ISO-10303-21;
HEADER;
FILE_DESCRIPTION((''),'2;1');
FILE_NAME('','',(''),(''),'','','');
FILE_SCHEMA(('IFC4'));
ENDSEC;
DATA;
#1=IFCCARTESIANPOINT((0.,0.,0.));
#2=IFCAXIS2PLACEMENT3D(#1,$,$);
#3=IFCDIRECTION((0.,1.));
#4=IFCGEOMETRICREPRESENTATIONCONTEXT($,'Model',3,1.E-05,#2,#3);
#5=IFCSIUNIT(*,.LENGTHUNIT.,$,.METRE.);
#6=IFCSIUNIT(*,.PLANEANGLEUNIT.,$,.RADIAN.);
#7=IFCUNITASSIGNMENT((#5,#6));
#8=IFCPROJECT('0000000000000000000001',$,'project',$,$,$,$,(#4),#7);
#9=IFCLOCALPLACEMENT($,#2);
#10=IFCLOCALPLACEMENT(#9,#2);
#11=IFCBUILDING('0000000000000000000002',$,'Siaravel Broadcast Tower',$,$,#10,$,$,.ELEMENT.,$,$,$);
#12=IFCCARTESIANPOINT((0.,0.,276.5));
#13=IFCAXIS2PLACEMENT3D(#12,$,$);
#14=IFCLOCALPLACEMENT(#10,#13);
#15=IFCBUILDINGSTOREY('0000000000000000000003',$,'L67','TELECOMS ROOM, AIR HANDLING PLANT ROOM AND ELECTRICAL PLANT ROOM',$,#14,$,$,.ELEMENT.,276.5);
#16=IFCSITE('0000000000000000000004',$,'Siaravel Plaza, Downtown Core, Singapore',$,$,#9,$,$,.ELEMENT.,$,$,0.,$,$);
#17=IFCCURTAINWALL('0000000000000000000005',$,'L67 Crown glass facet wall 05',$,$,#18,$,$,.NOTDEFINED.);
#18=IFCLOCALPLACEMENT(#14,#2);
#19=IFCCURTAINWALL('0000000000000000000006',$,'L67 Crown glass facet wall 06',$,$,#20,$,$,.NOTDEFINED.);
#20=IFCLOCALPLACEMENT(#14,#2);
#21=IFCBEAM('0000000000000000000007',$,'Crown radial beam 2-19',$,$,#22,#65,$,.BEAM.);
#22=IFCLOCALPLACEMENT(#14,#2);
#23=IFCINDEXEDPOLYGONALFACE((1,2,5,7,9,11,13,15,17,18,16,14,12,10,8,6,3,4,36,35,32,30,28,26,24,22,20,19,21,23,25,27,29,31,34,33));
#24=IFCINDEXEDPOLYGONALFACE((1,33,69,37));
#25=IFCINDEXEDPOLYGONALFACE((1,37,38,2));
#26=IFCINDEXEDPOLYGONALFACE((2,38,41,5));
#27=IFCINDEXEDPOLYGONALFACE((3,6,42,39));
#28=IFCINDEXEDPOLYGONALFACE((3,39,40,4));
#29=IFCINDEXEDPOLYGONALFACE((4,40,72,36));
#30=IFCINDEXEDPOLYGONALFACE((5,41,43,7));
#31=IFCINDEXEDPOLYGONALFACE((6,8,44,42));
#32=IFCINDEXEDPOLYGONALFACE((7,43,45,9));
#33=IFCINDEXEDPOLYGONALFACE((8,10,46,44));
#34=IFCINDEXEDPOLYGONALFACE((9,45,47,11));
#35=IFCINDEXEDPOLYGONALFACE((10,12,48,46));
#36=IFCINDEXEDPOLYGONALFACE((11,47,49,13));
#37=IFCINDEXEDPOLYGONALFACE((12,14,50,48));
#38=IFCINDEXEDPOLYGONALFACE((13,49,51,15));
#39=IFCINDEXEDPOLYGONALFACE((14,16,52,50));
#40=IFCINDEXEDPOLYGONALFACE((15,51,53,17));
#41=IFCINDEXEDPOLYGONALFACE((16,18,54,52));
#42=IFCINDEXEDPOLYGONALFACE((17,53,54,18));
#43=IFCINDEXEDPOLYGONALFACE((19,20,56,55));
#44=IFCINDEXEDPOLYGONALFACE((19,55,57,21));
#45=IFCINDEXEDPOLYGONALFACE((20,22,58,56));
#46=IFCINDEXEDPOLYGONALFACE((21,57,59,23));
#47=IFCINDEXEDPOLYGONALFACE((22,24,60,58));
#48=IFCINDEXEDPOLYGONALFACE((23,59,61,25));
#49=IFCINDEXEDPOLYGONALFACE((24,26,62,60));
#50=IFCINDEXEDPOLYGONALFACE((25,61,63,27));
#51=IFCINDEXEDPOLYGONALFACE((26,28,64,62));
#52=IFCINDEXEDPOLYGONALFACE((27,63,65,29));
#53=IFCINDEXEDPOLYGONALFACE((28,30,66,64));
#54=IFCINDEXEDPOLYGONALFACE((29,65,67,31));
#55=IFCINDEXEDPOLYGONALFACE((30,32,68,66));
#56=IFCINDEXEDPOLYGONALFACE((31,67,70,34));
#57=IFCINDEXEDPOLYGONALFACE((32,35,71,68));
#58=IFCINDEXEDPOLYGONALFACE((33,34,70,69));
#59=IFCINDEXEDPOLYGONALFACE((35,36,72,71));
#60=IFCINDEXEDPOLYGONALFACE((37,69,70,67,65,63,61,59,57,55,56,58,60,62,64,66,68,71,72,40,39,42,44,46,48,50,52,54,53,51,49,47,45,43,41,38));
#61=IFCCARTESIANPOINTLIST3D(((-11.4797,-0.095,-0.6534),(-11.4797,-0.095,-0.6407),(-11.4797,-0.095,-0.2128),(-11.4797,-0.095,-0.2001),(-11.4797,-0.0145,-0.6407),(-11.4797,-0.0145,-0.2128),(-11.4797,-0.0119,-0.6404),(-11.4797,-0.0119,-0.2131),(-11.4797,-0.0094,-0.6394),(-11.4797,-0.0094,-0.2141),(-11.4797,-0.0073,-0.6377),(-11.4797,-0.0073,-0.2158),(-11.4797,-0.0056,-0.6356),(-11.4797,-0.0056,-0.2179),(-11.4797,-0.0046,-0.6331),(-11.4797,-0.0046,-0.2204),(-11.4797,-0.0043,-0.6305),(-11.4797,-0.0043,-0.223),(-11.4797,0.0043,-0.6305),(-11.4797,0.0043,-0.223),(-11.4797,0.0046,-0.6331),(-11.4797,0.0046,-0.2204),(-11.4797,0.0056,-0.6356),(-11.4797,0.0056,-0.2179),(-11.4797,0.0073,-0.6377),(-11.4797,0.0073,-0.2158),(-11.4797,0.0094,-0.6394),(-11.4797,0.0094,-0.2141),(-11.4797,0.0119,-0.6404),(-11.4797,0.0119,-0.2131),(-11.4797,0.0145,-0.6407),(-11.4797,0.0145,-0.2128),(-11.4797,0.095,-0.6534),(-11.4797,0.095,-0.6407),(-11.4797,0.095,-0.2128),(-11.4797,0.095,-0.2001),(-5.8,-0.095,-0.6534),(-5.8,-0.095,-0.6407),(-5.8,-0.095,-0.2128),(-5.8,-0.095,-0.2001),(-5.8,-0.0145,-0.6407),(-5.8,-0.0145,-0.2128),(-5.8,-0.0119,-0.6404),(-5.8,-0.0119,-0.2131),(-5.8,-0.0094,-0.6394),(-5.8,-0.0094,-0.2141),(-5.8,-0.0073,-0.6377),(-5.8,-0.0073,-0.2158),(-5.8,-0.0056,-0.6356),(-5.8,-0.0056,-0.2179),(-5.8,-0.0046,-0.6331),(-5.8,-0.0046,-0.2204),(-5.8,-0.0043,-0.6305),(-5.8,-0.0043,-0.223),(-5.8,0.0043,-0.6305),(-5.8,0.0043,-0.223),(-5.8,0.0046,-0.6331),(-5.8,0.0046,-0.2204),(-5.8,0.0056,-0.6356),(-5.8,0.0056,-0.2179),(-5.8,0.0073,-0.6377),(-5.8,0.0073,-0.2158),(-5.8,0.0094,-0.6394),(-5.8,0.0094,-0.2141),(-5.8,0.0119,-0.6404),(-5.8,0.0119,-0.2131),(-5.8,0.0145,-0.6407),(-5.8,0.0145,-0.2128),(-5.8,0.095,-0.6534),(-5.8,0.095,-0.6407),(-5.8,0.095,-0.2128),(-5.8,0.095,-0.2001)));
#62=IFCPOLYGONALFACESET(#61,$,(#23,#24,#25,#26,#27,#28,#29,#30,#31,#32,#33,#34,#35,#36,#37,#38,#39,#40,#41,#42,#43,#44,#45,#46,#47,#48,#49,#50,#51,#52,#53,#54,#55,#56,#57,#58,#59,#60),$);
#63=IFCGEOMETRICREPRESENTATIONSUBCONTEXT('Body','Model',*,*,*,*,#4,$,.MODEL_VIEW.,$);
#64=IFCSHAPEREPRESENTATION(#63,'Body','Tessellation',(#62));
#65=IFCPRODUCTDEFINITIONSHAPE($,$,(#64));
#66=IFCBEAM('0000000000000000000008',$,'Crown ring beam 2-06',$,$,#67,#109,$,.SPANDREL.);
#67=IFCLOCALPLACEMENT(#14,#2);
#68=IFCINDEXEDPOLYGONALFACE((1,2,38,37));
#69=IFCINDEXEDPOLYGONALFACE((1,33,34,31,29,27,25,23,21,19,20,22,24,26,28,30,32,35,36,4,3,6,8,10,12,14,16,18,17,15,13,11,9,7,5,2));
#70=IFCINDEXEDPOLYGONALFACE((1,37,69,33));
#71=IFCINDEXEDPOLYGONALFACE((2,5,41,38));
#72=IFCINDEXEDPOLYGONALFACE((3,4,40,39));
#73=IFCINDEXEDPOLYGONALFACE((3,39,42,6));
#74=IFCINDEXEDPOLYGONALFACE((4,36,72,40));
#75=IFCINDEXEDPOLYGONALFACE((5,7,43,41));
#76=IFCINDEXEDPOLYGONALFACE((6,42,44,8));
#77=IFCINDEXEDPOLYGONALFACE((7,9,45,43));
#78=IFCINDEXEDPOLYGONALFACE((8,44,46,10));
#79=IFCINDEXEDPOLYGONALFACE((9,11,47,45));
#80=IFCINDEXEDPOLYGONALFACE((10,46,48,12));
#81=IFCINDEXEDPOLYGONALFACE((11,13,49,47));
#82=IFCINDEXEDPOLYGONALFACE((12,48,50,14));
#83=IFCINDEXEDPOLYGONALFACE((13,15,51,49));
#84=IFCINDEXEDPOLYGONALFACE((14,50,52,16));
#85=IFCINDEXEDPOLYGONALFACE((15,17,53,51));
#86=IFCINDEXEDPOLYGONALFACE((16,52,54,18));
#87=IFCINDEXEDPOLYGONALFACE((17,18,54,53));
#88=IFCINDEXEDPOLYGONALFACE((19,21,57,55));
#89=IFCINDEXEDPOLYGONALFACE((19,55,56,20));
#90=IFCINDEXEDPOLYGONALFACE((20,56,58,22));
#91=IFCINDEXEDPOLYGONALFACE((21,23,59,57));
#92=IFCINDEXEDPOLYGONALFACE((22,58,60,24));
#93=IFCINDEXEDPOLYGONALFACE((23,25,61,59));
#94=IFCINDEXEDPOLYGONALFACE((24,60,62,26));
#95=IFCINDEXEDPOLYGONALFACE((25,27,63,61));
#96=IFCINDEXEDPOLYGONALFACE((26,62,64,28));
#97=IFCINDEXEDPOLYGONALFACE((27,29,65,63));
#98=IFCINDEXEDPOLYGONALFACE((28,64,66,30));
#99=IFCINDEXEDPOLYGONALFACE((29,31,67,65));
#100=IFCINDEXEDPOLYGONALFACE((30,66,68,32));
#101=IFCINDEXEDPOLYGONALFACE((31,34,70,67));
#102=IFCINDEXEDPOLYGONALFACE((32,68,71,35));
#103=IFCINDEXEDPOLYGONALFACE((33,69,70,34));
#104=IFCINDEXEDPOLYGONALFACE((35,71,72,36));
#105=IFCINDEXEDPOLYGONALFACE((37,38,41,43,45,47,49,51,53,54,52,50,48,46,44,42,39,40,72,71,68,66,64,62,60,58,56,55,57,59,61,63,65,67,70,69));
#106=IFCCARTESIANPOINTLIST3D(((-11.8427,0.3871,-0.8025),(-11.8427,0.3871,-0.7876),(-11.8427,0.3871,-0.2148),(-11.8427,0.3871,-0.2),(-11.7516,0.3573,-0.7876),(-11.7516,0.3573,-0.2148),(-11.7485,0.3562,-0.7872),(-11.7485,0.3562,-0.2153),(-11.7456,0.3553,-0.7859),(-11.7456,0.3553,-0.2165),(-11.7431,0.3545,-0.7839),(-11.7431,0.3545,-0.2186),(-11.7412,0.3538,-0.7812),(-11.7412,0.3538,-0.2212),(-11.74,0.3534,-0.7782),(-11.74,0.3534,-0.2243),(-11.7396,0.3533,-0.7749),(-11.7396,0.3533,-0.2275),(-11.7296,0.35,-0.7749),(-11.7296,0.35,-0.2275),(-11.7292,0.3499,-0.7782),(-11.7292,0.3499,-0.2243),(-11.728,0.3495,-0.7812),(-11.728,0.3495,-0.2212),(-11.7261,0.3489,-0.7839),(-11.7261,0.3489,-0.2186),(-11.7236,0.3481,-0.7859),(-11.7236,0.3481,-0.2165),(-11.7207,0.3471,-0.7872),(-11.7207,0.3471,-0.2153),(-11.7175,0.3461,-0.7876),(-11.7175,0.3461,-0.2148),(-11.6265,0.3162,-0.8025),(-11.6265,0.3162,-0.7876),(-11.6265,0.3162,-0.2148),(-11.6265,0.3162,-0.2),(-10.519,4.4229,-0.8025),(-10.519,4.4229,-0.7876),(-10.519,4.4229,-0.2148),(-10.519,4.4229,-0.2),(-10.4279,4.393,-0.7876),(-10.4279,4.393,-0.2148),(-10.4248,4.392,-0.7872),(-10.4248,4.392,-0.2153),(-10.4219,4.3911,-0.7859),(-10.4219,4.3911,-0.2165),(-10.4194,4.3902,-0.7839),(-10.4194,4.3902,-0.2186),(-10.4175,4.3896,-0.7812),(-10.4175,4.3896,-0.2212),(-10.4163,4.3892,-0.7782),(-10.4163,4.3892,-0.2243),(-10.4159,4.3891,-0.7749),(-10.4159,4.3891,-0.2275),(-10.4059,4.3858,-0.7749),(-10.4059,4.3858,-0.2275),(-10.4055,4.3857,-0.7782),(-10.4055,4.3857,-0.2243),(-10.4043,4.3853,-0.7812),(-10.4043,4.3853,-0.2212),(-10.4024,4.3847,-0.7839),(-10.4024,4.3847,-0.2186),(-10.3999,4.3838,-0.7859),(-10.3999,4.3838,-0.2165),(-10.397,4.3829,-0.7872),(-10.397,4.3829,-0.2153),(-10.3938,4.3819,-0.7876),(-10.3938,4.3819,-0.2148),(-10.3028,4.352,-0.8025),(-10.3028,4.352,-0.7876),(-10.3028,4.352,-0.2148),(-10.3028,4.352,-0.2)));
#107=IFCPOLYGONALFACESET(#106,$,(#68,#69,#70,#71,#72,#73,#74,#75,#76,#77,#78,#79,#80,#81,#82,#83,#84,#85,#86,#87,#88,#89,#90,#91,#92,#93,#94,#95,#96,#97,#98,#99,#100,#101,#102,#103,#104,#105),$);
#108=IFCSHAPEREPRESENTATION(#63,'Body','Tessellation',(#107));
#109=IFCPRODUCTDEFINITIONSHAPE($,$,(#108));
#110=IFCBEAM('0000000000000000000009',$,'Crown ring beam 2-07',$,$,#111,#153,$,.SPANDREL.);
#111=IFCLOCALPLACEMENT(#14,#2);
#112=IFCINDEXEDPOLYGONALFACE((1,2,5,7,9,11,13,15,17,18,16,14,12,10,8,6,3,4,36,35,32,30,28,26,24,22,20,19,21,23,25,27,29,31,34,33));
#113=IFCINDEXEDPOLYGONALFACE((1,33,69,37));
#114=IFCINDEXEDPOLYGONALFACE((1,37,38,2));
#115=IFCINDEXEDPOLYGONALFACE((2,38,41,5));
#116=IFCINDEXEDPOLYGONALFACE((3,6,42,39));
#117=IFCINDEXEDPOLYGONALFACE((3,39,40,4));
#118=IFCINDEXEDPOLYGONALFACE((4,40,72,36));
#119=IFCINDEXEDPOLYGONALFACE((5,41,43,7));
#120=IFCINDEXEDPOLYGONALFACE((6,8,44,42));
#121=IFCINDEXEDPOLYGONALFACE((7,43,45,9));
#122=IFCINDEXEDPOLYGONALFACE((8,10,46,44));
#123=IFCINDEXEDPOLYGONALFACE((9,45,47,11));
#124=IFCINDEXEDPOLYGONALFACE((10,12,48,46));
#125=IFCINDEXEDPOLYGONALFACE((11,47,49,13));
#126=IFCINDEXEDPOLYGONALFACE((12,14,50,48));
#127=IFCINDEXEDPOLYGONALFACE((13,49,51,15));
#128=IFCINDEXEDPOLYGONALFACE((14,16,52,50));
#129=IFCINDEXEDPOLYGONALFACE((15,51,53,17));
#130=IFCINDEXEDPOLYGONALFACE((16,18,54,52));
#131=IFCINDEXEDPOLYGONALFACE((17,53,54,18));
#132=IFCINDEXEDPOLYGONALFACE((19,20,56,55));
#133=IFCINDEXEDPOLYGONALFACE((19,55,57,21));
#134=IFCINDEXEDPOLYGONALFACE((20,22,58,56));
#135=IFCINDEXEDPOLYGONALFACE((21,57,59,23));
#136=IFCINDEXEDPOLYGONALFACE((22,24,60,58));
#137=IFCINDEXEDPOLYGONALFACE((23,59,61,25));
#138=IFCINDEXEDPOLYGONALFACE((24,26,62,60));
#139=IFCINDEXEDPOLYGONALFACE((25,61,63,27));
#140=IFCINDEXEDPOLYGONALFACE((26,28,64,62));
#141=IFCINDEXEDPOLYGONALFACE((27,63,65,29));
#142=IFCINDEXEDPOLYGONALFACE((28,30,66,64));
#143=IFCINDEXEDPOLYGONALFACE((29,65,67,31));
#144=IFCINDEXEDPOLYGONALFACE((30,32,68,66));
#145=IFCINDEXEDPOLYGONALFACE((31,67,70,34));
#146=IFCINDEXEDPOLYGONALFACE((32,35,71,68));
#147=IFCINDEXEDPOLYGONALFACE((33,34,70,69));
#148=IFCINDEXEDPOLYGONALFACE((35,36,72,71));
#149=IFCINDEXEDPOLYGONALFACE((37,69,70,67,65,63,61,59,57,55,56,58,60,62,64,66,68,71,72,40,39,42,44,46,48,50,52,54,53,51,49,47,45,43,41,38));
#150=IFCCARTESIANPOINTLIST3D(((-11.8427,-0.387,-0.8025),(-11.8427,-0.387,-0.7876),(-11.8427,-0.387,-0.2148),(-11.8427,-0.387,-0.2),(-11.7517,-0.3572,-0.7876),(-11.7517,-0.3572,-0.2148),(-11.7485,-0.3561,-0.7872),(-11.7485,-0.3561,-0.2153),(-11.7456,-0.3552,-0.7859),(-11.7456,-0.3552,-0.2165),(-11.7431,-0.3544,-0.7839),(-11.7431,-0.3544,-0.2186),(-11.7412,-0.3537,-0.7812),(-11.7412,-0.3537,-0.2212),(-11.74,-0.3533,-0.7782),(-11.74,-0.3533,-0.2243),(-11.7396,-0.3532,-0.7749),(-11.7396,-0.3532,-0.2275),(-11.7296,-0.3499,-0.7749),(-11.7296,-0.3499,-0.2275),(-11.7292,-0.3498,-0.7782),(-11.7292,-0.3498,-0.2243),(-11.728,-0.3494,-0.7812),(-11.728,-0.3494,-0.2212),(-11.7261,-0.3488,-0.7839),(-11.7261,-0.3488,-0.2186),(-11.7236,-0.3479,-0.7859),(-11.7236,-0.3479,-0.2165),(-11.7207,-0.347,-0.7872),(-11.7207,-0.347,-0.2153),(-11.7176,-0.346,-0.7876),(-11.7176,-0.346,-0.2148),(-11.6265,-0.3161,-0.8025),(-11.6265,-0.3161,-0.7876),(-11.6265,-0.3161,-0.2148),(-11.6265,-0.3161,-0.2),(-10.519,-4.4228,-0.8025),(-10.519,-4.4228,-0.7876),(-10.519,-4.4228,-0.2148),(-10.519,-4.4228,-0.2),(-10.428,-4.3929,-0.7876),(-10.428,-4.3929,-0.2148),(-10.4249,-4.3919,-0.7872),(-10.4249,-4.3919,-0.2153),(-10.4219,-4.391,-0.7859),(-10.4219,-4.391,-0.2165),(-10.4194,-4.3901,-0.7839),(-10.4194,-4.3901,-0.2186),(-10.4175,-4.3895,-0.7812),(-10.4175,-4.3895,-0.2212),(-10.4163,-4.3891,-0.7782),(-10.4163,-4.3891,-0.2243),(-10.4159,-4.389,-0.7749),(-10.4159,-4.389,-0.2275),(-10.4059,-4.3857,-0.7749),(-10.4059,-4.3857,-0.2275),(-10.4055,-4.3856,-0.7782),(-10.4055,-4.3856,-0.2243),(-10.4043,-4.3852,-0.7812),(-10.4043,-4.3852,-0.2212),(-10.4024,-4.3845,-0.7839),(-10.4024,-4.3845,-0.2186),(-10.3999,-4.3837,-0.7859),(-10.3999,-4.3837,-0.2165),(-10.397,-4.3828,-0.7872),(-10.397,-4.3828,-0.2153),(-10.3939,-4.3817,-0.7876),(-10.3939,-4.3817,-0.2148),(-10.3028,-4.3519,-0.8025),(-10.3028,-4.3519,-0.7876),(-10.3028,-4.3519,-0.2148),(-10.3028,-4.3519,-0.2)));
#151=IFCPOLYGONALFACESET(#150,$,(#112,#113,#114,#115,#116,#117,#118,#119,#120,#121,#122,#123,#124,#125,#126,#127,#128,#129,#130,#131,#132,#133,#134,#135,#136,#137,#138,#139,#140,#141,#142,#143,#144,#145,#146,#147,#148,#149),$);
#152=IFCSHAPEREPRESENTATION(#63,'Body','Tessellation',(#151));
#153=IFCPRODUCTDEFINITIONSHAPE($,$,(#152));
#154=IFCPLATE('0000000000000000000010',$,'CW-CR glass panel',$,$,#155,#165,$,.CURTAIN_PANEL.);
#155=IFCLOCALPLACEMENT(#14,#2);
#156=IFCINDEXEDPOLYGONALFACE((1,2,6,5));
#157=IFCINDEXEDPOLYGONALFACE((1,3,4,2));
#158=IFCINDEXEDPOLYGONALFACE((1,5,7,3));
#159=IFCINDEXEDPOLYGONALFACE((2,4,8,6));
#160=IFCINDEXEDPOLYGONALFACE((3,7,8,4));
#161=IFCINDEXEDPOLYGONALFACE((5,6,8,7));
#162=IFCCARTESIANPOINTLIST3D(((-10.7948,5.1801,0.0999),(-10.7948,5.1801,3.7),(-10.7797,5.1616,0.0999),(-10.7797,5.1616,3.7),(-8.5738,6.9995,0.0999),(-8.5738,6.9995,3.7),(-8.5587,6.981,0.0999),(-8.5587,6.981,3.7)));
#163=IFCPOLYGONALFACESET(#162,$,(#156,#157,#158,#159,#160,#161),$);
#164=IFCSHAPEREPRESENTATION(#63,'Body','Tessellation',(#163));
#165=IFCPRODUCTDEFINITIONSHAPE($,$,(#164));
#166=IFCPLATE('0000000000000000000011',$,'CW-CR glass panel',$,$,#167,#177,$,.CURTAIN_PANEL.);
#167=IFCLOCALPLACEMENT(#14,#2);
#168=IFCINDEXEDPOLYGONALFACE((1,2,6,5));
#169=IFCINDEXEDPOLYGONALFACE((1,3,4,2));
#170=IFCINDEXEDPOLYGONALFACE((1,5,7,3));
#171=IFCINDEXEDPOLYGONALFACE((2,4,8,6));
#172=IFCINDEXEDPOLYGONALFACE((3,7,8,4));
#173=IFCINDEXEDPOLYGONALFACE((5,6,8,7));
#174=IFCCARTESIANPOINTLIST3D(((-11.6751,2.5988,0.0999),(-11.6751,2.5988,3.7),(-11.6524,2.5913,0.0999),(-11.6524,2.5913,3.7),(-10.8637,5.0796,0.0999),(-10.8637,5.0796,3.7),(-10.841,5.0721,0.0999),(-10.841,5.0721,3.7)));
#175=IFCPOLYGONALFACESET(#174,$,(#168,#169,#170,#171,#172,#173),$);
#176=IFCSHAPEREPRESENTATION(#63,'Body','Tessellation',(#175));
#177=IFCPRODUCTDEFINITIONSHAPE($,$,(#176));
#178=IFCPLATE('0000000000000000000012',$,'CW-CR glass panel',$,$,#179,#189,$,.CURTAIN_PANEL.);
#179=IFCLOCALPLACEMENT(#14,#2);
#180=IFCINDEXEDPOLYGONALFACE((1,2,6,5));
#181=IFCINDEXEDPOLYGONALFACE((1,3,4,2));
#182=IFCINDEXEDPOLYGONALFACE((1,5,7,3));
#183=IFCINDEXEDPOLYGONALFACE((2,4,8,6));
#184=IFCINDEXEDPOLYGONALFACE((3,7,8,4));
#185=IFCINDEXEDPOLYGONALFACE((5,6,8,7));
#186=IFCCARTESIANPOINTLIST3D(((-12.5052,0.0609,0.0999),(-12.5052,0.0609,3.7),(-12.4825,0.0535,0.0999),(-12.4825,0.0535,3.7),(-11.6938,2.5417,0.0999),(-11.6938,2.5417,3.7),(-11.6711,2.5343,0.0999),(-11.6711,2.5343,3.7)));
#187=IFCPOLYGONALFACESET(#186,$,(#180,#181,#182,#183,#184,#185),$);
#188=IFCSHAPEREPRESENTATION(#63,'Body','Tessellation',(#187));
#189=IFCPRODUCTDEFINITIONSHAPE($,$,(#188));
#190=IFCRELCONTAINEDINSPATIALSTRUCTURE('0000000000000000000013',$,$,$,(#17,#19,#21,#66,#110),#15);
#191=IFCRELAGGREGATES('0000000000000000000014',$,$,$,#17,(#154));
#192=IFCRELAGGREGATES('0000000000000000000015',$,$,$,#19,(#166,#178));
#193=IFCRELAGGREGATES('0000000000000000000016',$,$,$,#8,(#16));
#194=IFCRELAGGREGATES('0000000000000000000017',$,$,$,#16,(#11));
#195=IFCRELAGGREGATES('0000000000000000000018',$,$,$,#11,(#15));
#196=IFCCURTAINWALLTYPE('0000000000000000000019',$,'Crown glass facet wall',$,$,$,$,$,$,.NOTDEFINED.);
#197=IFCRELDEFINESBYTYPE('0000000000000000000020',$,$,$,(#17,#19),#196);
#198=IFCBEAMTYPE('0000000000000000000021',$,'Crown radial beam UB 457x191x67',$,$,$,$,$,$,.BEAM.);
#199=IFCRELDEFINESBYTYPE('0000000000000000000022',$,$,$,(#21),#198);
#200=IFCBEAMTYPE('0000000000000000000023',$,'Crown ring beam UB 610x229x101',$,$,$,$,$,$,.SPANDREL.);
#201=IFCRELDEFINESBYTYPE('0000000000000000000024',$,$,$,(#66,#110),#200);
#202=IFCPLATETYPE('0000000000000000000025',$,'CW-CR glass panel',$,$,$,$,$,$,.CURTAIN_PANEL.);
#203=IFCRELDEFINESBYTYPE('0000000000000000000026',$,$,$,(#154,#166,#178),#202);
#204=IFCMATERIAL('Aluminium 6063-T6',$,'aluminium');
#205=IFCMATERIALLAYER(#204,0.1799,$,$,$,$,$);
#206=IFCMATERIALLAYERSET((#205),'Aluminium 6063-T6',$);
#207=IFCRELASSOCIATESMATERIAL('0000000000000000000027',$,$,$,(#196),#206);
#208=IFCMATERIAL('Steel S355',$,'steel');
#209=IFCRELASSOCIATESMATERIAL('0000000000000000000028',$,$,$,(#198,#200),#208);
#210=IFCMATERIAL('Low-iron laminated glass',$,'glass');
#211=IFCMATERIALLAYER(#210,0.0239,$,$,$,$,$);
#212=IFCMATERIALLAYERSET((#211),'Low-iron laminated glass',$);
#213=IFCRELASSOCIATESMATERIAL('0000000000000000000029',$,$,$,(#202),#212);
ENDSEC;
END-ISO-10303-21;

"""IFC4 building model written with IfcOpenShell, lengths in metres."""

from ifc_helpers import new_model, si_unit, direction, frame, origin, origin_2d, place, context, subcontext, project, spatial, rectangle, i_section, extrude, material, layer, layer_set, material_profile, profile_set, type_object, element, aggregate, save


model = new_model("IFC4")

# Units and contexts
model_context = context("Model", 3, precision=1e-05, world=origin(), true_north=direction((0.0, 1.0)))
body_context = subcontext(model_context, "Body", "Model", "MODEL_VIEW")
ifc_project = project(units=[si_unit("LENGTHUNIT", "METRE"), si_unit("PLANEANGLEUNIT", "RADIAN")], contexts=[model_context])

# Site, building, storey
site_placement = place(None, origin())
site = spatial("IfcSite", under=ifc_project, at=site_placement, Name="Siaravel Plaza, Downtown Core, Singapore", CompositionType="ELEMENT", RefElevation=0.0)
building_placement = place(site_placement, origin())
building = spatial("IfcBuilding", under=site, at=building_placement, Name="Siaravel Broadcast Tower", CompositionType="ELEMENT")
storey_placement = place(building_placement, frame((0.0, 0.0, 276.5)))
storey = spatial("IfcBuildingStorey", under=building, at=storey_placement, Name="L67", Description="TELECOMS ROOM, AIR HANDLING PLANT ROOM AND ELECTRICAL PLANT ROOM", CompositionType="ELEMENT", Elevation=276.5)

# Curtain walls
ifc_material_1 = material(Name="Aluminium 6063-T6", Category="aluminium")
ifc_layer_1 = layer(ifc_material_1, 0.1799)
ifc_layer_set_1 = layer_set([ifc_layer_1], Name="Aluminium 6063-T6")
curtain_wall_type = type_object("IfcCurtainWallType", Name="Crown glass facet wall", PredefinedType="NOTDEFINED", material=ifc_layer_set_1)
curtain_wall_1_placement = place(storey_placement, origin())
curtain_wall_1 = element("IfcCurtainWall", 1, at=curtain_wall_1_placement, inside=storey, type_object=curtain_wall_type, Name="L67 Crown glass facet wall 05", PredefinedType="NOTDEFINED")
curtain_wall_2_placement = place(storey_placement, origin())
curtain_wall_2 = element("IfcCurtainWall", 2, at=curtain_wall_2_placement, inside=storey, type_object=curtain_wall_type, Name="L67 Crown glass facet wall 06", PredefinedType="NOTDEFINED")

# Beams
ifc_material_2 = material(Name="Steel S355", Category="steel")
ifc_material_profile_1 = material_profile(ifc_material_2, i_section(OverallWidth=0.1899, OverallDepth=0.4534, WebThickness=0.0085, FlangeThickness=0.0127, FilletRadius=0.0103, at=origin_2d()))
ifc_profile_set_1 = profile_set([ifc_material_profile_1], Name="Steel S355")
beam_type_1 = type_object("IfcBeamType", Name="Crown radial beam UB 457x191x67", PredefinedType="BEAM", material=ifc_profile_set_1)
beam_1_placement = place(storey_placement, frame((-11.4797, 0.0, -0.4268), z_axis=(1.0, 0.0, 0.0), x_axis=(0.0, 1.0, 0.0)))
element("IfcBeam", 3, at=beam_1_placement, inside=storey, type_object=beam_type_1, Name="Crown radial beam 2-19", PredefinedType="BEAM", context=body_context, shape_type="SweptSolid", body=[
    extrude(i_section(OverallWidth=0.1899, OverallDepth=0.4534, WebThickness=0.0085, FlangeThickness=0.0127, FilletRadius=0.0103, at=origin_2d()), origin(), (0.0, 0.0, 1.0), 5.6797),
])
ifc_material_profile_2 = material_profile(ifc_material_2, i_section(OverallWidth=0.2275, OverallDepth=0.6025, WebThickness=0.0105, FlangeThickness=0.0149, FilletRadius=0.0127, at=origin_2d()))
ifc_profile_set_2 = profile_set([ifc_material_profile_2], Name="Steel S355")
beam_type_2 = type_object("IfcBeamType", Name="Crown ring beam UB 610x229x101", PredefinedType="SPANDREL", material=ifc_profile_set_2)
for number, where, z_axis, x_axis, name in (
    (4, (-10.4109, 4.3875, -0.5012), (-0.311654, -0.950196, 0.0), (0.950196, -0.311654, 0.0), "Crown ring beam 2-06"),
    (5, (-11.7346, -0.3516, -0.5012), (0.311654, -0.950196, 0.0), (0.950196, 0.311654, 0.0), "Crown ring beam 2-07"),
):
    element("IfcBeam", number, at=place(storey_placement, frame(where, z_axis=z_axis, x_axis=x_axis)), inside=storey, type_object=beam_type_2, Name=name, PredefinedType="SPANDREL", context=body_context, shape_type="SweptSolid", body=[
        extrude(i_section(OverallWidth=0.2275, OverallDepth=0.6025, WebThickness=0.0105, FlangeThickness=0.0149, FilletRadius=0.0127, at=origin_2d()), origin(), (0.0, 0.0, 1.0), 4.2473),
    ])

# Plates
ifc_material_3 = material(Name="Low-iron laminated glass", Category="glass")
ifc_layer_2 = layer(ifc_material_3, 0.0239)
ifc_layer_set_2 = layer_set([ifc_layer_2], Name="Low-iron laminated glass")
plate_type = type_object("IfcPlateType", Name="CW-CR glass panel", PredefinedType="CURTAIN_PANEL", material=ifc_layer_set_2)
plate_1_placement = place(storey_placement, frame((-9.6768, 6.0806, 0.0999), z_axis=(0.0, 0.0, 1.0), x_axis=(-0.773569, -0.633713, 0.0)))
plate_1 = element("IfcPlate", 6, at=plate_1_placement, type_object=plate_type, Name="CW-CR glass panel", PredefinedType="CURTAIN_PANEL", context=body_context, shape_type="SweptSolid", body=[
    extrude(rectangle(XDim=2.8711, YDim=0.0239, at=origin_2d()), origin(), (0.0, 0.0, 1.0), 3.6001),
])
aggregate(curtain_wall_1, [plate_1])
plate_2_placement = place(storey_placement, frame((-11.2581, 3.8354, 0.0999), z_axis=(0.0, 0.0, 1.0), x_axis=(-0.31086, -0.950456, 0.0)))
plate_2 = element("IfcPlate", 7, at=plate_2_placement, type_object=plate_type, Name="CW-CR glass panel", PredefinedType="CURTAIN_PANEL", context=body_context, shape_type="SweptSolid", body=[
    extrude(rectangle(XDim=2.6101, YDim=0.0239, at=origin_2d()), origin(), (0.0, 0.0, 1.0), 3.6001),
])
plate_3_placement = place(storey_placement, frame((-12.0881, 1.2976, 0.0999), z_axis=(0.0, 0.0, 1.0), x_axis=(-0.31086, -0.950456, 0.0)))
plate_3 = element("IfcPlate", 8, at=plate_3_placement, type_object=plate_type, Name="CW-CR glass panel", PredefinedType="CURTAIN_PANEL", context=body_context, shape_type="SweptSolid", body=[
    extrude(rectangle(XDim=2.6101, YDim=0.0239, at=origin_2d()), origin(), (0.0, 0.0, 1.0), 3.6001),
])
aggregate(curtain_wall_2, [plate_2, plate_3])

save(model, "model.ifc")
